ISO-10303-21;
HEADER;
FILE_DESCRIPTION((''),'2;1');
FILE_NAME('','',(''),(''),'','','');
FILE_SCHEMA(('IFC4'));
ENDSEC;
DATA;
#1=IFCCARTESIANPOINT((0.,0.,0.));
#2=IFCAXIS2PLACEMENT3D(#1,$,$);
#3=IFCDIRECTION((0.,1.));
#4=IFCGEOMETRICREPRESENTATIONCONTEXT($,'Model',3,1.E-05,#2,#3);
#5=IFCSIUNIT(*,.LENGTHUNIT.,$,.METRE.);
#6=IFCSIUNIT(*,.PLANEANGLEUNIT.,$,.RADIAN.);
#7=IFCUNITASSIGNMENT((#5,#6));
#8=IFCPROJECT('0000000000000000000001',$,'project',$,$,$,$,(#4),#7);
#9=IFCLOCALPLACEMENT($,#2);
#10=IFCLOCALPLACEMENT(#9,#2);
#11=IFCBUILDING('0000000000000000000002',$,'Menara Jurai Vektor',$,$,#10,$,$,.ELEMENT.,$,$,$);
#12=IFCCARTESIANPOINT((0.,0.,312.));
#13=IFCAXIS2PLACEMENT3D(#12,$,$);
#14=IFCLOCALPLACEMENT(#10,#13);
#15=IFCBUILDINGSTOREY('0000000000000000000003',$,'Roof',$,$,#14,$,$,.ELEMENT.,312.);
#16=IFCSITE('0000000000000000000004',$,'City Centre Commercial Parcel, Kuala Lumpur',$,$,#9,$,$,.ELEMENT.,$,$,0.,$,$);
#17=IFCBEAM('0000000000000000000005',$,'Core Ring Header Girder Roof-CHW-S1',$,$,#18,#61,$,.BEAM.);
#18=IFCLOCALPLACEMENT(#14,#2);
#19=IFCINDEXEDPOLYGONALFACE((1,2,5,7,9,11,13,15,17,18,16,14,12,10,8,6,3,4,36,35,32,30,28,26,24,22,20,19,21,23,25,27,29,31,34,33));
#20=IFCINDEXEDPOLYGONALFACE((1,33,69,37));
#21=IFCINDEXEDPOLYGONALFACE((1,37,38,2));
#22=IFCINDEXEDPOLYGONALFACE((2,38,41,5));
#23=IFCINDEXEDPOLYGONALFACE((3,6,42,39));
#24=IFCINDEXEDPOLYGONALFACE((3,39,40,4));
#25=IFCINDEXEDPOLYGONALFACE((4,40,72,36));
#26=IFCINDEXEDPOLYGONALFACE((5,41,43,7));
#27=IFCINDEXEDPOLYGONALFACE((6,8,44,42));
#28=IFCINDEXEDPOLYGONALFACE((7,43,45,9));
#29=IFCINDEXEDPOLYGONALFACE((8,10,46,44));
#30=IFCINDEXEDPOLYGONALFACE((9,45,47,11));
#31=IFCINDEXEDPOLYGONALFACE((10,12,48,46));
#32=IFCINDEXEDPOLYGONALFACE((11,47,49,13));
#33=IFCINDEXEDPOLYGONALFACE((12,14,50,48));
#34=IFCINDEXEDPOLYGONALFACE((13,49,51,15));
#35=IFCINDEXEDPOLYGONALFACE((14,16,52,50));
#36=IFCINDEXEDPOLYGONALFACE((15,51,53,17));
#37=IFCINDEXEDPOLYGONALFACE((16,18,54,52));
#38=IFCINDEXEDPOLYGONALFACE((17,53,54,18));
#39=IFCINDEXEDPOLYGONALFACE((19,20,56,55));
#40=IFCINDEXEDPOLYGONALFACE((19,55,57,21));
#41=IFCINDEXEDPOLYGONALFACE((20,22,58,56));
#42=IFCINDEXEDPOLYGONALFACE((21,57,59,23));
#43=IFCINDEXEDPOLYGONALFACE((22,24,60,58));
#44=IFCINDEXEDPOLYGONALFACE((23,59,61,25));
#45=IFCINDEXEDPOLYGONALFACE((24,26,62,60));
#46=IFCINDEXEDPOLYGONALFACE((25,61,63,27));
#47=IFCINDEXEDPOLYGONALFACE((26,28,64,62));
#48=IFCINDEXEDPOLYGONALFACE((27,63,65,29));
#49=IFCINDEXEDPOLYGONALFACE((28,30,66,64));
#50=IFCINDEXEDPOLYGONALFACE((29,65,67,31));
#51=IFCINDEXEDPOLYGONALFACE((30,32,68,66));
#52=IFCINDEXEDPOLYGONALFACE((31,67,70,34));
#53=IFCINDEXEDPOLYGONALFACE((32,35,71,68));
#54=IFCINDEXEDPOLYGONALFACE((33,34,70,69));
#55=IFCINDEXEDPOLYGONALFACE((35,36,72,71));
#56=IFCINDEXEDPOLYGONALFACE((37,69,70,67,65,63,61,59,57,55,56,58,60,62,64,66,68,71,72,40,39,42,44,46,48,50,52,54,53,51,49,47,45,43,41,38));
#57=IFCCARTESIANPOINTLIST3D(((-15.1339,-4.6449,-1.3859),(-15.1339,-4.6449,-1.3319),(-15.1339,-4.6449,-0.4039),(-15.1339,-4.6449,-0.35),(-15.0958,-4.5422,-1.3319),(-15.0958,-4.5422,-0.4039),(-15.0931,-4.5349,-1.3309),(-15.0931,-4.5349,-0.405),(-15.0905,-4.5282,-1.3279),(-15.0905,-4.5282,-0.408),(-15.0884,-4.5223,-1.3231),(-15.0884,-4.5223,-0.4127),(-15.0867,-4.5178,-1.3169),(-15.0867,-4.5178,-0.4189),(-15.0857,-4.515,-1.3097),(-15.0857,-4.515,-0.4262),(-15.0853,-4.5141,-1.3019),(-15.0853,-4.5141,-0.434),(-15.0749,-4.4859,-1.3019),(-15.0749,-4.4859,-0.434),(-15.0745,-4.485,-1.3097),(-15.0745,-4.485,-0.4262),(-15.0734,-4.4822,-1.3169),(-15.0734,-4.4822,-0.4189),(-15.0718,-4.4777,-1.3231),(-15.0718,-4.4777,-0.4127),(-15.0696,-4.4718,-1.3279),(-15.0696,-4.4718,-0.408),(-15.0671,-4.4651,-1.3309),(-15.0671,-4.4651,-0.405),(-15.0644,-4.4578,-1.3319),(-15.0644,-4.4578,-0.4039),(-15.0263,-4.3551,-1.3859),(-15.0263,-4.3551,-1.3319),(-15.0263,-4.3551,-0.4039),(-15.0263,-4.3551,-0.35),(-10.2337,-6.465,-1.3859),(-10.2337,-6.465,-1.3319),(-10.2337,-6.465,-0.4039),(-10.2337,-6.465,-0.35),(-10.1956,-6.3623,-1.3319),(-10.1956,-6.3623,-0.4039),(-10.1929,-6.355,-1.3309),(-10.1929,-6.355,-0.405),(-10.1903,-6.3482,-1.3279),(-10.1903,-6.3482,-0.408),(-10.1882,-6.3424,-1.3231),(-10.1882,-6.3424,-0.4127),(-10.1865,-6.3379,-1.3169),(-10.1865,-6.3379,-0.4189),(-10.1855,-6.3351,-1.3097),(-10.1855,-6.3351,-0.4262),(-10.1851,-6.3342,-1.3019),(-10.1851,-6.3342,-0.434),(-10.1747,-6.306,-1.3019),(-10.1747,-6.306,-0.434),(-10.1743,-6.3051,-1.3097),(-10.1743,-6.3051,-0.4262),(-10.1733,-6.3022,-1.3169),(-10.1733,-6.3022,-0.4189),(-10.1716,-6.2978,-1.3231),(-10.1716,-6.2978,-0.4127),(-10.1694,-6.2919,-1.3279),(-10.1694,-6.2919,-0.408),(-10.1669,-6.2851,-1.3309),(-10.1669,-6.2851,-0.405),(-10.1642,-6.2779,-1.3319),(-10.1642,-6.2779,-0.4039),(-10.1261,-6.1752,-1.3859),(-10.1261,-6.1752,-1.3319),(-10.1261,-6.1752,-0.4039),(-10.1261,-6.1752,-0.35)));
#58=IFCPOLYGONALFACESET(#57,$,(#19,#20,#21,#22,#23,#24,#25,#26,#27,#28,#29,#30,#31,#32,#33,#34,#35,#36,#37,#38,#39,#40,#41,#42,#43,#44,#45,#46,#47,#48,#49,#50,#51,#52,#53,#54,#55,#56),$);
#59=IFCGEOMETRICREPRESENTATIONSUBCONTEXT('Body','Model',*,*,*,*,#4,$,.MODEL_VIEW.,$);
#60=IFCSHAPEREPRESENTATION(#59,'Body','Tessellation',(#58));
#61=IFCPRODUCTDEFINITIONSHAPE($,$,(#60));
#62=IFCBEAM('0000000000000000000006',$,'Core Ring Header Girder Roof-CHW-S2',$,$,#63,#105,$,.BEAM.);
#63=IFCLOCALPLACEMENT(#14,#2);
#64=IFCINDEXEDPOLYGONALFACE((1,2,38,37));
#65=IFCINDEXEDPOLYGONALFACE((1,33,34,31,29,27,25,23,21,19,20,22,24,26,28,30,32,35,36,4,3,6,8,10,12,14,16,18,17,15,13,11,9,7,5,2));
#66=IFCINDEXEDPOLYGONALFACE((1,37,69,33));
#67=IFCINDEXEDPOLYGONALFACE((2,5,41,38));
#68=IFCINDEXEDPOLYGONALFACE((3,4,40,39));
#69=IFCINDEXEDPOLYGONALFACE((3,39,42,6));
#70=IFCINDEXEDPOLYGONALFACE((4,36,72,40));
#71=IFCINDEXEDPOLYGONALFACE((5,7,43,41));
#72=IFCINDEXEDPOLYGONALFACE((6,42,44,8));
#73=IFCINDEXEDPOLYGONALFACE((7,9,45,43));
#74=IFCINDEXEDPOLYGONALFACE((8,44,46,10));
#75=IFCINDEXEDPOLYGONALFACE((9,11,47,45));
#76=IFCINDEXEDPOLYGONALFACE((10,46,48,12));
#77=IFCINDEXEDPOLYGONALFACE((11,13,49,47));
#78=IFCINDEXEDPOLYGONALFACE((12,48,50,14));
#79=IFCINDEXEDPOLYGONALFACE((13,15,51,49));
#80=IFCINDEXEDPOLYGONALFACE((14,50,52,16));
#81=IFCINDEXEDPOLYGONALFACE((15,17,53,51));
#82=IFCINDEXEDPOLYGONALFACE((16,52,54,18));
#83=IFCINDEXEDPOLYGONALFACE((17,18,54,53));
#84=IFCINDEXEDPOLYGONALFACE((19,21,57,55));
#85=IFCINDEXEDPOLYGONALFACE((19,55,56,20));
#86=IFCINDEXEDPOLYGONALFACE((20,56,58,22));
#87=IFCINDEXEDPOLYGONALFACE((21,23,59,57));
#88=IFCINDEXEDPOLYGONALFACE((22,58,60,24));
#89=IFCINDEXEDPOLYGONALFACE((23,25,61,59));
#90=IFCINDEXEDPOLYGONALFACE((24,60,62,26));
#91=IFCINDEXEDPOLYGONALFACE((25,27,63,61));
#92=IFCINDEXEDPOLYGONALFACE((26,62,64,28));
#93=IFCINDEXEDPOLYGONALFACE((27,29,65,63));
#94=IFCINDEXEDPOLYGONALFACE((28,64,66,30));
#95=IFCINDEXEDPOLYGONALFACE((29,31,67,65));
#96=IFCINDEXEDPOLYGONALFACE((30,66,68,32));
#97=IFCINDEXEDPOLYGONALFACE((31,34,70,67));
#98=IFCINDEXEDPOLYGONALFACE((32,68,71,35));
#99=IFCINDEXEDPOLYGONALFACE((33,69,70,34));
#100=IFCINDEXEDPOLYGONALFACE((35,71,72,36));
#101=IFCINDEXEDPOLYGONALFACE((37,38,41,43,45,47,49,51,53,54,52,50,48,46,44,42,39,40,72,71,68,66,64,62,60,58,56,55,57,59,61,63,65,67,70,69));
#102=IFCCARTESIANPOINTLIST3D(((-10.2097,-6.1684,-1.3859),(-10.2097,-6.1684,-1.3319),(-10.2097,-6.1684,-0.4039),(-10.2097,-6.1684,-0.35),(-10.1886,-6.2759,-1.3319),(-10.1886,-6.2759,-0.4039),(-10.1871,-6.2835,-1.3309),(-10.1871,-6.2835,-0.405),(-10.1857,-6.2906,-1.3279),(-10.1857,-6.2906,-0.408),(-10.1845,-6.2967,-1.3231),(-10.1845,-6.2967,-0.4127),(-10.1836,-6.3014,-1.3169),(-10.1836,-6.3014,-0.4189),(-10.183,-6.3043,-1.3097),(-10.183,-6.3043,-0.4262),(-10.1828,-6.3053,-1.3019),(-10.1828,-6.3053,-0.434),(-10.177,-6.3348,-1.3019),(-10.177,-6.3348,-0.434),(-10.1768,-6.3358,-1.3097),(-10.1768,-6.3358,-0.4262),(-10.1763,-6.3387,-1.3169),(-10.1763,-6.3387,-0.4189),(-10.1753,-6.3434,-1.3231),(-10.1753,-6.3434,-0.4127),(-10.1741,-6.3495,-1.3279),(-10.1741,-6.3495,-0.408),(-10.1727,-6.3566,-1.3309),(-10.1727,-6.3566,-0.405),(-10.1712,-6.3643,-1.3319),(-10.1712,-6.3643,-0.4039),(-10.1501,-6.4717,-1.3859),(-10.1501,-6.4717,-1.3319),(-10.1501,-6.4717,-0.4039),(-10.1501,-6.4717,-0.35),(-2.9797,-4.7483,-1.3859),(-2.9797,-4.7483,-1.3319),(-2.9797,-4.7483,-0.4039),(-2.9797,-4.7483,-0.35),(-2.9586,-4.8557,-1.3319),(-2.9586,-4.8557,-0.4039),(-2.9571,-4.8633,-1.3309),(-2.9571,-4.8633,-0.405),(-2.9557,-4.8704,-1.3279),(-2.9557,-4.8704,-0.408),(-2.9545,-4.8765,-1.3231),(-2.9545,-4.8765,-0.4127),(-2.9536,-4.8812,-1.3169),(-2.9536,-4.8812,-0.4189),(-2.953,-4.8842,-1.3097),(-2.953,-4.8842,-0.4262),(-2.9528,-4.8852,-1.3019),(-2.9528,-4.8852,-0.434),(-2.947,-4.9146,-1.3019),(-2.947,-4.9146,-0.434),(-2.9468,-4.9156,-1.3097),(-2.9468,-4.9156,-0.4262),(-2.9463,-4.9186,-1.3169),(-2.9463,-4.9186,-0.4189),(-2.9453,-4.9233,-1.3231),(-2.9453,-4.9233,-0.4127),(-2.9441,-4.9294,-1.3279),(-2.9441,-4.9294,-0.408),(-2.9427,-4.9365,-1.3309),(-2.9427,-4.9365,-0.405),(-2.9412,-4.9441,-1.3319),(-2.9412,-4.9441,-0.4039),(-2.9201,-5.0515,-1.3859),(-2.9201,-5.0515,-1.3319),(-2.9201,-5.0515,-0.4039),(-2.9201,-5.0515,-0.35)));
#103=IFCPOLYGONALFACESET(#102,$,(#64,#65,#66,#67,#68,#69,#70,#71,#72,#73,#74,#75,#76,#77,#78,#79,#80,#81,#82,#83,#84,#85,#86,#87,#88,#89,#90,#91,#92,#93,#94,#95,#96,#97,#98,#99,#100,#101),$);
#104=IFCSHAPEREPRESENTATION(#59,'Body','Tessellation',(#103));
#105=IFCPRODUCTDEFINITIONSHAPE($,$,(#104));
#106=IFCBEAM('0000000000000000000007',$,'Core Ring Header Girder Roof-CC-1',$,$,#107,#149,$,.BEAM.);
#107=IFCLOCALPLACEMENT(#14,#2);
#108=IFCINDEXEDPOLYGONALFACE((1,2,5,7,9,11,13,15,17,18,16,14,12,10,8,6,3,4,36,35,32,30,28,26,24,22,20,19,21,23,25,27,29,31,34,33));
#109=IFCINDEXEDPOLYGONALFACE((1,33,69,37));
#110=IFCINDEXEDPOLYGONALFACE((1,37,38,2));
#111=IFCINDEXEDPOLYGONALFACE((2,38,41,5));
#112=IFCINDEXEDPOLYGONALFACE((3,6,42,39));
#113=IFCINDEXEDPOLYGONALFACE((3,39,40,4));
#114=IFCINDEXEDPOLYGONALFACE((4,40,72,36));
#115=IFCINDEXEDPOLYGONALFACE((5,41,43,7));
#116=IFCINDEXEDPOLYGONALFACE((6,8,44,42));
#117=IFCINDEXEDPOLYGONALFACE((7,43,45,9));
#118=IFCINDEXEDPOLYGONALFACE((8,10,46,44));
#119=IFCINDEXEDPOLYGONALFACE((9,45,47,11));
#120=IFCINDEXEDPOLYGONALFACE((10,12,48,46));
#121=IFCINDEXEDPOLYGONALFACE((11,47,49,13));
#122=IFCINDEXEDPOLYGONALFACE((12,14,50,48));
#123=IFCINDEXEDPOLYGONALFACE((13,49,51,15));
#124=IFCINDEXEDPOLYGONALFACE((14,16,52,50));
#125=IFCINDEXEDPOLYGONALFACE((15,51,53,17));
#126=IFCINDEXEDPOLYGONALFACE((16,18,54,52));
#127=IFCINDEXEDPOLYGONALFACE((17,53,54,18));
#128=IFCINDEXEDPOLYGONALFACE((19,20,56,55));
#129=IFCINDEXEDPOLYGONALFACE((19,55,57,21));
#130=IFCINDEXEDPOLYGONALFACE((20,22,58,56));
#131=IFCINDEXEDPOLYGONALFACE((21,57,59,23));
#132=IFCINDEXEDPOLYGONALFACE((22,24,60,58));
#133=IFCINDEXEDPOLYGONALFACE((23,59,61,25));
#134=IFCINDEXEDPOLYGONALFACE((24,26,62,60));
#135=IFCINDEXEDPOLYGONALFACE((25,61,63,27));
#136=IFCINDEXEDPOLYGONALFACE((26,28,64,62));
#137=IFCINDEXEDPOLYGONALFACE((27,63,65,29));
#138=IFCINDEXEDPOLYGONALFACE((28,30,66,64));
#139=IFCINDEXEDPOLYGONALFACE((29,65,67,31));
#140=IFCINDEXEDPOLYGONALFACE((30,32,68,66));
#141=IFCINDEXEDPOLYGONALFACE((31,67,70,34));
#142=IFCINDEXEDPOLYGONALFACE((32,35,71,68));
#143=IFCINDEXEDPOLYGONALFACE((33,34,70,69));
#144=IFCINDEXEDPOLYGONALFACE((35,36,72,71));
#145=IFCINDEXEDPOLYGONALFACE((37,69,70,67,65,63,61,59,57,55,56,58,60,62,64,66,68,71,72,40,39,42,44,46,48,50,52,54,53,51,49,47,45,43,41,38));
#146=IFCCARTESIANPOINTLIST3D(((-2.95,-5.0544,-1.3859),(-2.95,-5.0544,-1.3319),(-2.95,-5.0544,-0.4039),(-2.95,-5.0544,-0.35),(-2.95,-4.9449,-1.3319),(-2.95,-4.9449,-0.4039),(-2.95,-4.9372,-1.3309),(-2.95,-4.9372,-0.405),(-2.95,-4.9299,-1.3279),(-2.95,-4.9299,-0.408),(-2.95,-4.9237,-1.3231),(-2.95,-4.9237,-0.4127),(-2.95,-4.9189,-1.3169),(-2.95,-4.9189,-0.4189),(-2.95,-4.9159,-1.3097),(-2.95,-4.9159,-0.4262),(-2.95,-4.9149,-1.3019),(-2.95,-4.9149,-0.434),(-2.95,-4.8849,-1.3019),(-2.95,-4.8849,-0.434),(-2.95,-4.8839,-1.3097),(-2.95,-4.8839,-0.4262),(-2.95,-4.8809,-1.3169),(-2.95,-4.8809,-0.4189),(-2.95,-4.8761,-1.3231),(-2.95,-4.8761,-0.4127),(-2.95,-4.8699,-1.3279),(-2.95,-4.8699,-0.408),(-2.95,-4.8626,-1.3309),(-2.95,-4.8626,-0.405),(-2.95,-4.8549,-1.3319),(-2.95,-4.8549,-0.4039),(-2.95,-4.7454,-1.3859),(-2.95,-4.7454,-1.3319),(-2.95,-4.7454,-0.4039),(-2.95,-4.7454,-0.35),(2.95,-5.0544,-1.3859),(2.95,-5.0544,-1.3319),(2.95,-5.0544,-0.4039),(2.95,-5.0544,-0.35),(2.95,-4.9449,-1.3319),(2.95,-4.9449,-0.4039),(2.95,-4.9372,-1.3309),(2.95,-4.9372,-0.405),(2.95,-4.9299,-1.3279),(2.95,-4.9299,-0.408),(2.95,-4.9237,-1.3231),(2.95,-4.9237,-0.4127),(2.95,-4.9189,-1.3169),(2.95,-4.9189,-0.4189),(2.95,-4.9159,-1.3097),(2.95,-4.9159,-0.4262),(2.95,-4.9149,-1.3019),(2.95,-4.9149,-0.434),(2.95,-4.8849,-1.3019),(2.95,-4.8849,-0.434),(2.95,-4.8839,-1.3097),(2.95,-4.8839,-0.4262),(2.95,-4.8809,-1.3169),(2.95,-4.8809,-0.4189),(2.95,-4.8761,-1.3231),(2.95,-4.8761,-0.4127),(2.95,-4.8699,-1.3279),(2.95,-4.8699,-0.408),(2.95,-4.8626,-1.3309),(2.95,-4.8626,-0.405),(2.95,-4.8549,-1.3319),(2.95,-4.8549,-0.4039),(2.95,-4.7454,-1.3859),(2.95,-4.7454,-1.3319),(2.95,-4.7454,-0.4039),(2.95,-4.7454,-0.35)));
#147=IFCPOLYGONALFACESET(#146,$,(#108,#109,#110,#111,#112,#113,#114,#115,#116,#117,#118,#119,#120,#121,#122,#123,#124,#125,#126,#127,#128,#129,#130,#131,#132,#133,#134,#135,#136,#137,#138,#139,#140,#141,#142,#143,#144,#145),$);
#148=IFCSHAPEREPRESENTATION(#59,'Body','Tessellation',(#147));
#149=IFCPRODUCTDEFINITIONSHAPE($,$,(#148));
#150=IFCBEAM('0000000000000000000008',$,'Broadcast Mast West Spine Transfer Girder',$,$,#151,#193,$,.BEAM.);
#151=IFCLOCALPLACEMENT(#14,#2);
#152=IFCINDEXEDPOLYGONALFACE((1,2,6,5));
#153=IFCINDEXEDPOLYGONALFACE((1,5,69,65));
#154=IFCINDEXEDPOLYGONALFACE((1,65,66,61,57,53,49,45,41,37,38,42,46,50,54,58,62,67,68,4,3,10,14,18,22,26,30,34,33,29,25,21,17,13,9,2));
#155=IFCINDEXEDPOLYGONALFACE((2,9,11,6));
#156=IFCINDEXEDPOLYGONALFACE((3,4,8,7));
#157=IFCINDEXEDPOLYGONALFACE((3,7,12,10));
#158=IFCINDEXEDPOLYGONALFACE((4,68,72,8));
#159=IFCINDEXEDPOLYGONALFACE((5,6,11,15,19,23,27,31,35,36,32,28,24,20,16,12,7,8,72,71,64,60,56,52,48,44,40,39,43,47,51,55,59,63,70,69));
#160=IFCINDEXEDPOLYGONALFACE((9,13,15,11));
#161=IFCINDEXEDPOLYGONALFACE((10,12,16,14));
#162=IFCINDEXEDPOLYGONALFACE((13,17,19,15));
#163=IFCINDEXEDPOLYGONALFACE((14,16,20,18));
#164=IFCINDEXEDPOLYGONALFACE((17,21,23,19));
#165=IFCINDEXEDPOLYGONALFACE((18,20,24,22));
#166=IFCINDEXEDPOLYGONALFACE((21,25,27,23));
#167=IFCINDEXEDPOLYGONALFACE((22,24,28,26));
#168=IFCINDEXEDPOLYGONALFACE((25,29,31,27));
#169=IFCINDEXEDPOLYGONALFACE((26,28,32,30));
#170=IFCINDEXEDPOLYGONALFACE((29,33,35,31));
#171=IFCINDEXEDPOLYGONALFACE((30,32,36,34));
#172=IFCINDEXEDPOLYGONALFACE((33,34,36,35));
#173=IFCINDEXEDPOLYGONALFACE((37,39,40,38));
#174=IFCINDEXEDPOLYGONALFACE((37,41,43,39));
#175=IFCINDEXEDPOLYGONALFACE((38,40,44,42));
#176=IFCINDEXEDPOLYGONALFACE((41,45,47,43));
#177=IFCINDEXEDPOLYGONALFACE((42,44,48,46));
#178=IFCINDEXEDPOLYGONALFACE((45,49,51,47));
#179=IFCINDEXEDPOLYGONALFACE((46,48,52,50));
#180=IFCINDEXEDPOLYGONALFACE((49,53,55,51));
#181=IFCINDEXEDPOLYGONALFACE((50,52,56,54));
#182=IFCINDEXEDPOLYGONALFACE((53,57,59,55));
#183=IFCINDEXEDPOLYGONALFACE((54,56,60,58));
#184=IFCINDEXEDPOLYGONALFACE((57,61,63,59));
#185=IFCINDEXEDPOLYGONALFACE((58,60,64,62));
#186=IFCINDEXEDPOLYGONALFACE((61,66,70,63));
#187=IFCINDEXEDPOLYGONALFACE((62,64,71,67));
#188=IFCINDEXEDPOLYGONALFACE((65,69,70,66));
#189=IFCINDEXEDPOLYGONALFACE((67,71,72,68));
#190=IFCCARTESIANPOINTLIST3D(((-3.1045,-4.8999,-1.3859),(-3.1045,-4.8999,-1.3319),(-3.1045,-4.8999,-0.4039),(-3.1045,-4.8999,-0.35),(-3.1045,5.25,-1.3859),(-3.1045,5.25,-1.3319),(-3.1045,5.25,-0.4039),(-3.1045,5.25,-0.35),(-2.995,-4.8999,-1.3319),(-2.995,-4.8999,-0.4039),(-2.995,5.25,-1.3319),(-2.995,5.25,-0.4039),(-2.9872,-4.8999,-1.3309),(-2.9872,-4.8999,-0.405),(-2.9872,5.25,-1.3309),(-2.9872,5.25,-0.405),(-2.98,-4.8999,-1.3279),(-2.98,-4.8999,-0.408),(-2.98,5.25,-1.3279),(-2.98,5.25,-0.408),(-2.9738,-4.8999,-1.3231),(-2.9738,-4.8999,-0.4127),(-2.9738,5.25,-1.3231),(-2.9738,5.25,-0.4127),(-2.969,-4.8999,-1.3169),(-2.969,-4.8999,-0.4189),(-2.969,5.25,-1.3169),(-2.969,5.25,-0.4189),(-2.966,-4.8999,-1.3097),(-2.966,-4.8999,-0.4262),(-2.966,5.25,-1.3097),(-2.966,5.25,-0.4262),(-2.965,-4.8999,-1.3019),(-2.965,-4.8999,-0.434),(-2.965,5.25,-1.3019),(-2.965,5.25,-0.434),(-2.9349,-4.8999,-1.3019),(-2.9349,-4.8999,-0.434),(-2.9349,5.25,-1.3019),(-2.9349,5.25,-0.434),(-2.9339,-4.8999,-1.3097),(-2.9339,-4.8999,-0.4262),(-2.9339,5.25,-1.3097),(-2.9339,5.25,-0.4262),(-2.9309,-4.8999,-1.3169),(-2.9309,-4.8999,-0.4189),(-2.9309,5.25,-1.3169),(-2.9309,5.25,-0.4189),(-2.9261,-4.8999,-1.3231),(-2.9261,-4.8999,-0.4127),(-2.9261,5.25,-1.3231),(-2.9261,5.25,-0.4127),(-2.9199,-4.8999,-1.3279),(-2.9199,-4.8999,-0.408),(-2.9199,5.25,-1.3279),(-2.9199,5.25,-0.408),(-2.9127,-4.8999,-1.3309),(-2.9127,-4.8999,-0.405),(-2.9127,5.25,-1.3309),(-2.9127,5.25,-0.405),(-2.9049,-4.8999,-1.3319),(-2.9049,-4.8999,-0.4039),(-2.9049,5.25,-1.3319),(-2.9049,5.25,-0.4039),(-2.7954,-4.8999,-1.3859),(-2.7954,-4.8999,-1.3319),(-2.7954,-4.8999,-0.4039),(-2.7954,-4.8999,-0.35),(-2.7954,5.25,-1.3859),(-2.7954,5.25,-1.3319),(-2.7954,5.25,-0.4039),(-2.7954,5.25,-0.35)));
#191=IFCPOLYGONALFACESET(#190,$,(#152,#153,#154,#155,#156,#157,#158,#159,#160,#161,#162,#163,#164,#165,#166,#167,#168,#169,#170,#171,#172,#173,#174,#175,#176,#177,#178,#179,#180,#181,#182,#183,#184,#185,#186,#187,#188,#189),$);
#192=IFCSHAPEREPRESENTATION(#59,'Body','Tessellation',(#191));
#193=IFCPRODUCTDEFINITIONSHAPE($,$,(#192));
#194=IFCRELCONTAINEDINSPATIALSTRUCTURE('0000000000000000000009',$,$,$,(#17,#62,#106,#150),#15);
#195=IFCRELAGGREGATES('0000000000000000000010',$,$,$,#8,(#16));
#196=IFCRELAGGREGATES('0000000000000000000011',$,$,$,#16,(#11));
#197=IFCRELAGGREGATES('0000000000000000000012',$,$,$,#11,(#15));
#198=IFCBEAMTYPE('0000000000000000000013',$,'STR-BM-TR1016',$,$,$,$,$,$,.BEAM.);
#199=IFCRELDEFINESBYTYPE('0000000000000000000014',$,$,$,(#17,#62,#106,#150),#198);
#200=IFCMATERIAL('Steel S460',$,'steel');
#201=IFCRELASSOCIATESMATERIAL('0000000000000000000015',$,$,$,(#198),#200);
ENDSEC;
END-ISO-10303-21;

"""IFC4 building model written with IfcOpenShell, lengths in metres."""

from ifc_helpers import new_model, si_unit, direction, frame, origin, origin_2d, place, context, subcontext, project, spatial, i_section, extrude, material, material_profile, profile_set, type_object, element, save


model = new_model("IFC4")

# Units and contexts
model_context = context("Model", 3, precision=1e-05, world=origin(), true_north=direction((0.0, 1.0)))
body_context = subcontext(model_context, "Body", "Model", "MODEL_VIEW")
ifc_project = project(units=[si_unit("LENGTHUNIT", "METRE"), si_unit("PLANEANGLEUNIT", "RADIAN")], contexts=[model_context])

# Site, building, storey
site_placement = place(None, origin())
site = spatial("IfcSite", under=ifc_project, at=site_placement, Name="City Centre Commercial Parcel, Kuala Lumpur", CompositionType="ELEMENT", RefElevation=0.0)
building_placement = place(site_placement, origin())
building = spatial("IfcBuilding", under=site, at=building_placement, Name="Menara Jurai Vektor", CompositionType="ELEMENT")
storey_placement = place(building_placement, frame((0.0, 0.0, 312.0)))
storey = spatial("IfcBuildingStorey", under=building, at=storey_placement, Name="Roof", CompositionType="ELEMENT", Elevation=312.0)

# Shared definitions
ifc_material_1 = material(Name="Steel S460", Category="steel")

# Beams
ifc_material_profile_1 = material_profile(ifc_material_1, i_section(OverallWidth=0.3091, OverallDepth=1.0359, WebThickness=0.03, FlangeThickness=0.054, FilletRadius=0.03, at=origin_2d()), Name="UKB 1016x305x487")
ifc_profile_set_1 = profile_set([ifc_material_profile_1], Name="Steel S460")
beam_type_1 = type_object("IfcBeamType", Name="STR-BM-TR1016", PredefinedType="BEAM", material=ifc_profile_set_1)
beam_1_placement = place(storey_placement, frame((-15.0801, -4.5, -0.8679), z_axis=(0.937424, -0.348189, 0.0), x_axis=(0.348189, 0.937424, 0.0)))
element("IfcBeam", 1, at=beam_1_placement, inside=storey, type_object=beam_type_1, Name="Core Ring Header Girder Roof-CHW-S1", PredefinedType="BEAM", context=body_context, shape_type="SweptSolid", body=[
    extrude(i_section(OverallWidth=0.3091, OverallDepth=1.0359, WebThickness=0.03, FlangeThickness=0.054, FilletRadius=0.03, at=origin_2d()), origin(), (0.0, 0.0, 1.0), 5.2273),
])
beam_2_placement = place(storey_placement, frame((-10.1799, -6.3201, -0.8679), z_axis=(0.981249, 0.192744, 0.0), x_axis=(-0.192744, 0.981249, 0.0)))
element("IfcBeam", 2, at=beam_2_placement, inside=storey, type_object=beam_type_1, Name="Core Ring Header Girder Roof-CHW-S2", PredefinedType="BEAM", context=body_context, shape_type="SweptSolid", body=[
    extrude(i_section(OverallWidth=0.3091, OverallDepth=1.0359, WebThickness=0.03, FlangeThickness=0.054, FilletRadius=0.03, at=origin_2d()), origin(), (0.0, 0.0, 1.0), 7.3682),
])
beam_3_placement = place(storey_placement, frame((-2.95, -4.8999, -0.8679), z_axis=(1.0, 0.0, 0.0), x_axis=(0.0, 1.0, 0.0)))
element("IfcBeam", 3, at=beam_3_placement, inside=storey, type_object=beam_type_1, Name="Core Ring Header Girder Roof-CC-1", PredefinedType="BEAM", context=body_context, shape_type="SweptSolid", body=[
    extrude(i_section(OverallWidth=0.3091, OverallDepth=1.0359, WebThickness=0.03, FlangeThickness=0.054, FilletRadius=0.03, at=origin_2d()), origin(), (0.0, 0.0, 1.0), 5.8999),
])
beam_4_placement = place(storey_placement, frame((-2.95, -4.8999, -0.8679), z_axis=(0.0, 1.0, 0.0), x_axis=(-1.0, 0.0, 0.0)))
element("IfcBeam", 4, at=beam_4_placement, inside=storey, type_object=beam_type_1, Name="Broadcast Mast West Spine Transfer Girder", PredefinedType="BEAM", context=body_context, shape_type="SweptSolid", body=[
    extrude(i_section(OverallWidth=0.3091, OverallDepth=1.0359, WebThickness=0.03, FlangeThickness=0.054, FilletRadius=0.03, at=origin_2d()), origin(), (0.0, 0.0, 1.0), 10.1499),
])

save(model, "model.ifc")
